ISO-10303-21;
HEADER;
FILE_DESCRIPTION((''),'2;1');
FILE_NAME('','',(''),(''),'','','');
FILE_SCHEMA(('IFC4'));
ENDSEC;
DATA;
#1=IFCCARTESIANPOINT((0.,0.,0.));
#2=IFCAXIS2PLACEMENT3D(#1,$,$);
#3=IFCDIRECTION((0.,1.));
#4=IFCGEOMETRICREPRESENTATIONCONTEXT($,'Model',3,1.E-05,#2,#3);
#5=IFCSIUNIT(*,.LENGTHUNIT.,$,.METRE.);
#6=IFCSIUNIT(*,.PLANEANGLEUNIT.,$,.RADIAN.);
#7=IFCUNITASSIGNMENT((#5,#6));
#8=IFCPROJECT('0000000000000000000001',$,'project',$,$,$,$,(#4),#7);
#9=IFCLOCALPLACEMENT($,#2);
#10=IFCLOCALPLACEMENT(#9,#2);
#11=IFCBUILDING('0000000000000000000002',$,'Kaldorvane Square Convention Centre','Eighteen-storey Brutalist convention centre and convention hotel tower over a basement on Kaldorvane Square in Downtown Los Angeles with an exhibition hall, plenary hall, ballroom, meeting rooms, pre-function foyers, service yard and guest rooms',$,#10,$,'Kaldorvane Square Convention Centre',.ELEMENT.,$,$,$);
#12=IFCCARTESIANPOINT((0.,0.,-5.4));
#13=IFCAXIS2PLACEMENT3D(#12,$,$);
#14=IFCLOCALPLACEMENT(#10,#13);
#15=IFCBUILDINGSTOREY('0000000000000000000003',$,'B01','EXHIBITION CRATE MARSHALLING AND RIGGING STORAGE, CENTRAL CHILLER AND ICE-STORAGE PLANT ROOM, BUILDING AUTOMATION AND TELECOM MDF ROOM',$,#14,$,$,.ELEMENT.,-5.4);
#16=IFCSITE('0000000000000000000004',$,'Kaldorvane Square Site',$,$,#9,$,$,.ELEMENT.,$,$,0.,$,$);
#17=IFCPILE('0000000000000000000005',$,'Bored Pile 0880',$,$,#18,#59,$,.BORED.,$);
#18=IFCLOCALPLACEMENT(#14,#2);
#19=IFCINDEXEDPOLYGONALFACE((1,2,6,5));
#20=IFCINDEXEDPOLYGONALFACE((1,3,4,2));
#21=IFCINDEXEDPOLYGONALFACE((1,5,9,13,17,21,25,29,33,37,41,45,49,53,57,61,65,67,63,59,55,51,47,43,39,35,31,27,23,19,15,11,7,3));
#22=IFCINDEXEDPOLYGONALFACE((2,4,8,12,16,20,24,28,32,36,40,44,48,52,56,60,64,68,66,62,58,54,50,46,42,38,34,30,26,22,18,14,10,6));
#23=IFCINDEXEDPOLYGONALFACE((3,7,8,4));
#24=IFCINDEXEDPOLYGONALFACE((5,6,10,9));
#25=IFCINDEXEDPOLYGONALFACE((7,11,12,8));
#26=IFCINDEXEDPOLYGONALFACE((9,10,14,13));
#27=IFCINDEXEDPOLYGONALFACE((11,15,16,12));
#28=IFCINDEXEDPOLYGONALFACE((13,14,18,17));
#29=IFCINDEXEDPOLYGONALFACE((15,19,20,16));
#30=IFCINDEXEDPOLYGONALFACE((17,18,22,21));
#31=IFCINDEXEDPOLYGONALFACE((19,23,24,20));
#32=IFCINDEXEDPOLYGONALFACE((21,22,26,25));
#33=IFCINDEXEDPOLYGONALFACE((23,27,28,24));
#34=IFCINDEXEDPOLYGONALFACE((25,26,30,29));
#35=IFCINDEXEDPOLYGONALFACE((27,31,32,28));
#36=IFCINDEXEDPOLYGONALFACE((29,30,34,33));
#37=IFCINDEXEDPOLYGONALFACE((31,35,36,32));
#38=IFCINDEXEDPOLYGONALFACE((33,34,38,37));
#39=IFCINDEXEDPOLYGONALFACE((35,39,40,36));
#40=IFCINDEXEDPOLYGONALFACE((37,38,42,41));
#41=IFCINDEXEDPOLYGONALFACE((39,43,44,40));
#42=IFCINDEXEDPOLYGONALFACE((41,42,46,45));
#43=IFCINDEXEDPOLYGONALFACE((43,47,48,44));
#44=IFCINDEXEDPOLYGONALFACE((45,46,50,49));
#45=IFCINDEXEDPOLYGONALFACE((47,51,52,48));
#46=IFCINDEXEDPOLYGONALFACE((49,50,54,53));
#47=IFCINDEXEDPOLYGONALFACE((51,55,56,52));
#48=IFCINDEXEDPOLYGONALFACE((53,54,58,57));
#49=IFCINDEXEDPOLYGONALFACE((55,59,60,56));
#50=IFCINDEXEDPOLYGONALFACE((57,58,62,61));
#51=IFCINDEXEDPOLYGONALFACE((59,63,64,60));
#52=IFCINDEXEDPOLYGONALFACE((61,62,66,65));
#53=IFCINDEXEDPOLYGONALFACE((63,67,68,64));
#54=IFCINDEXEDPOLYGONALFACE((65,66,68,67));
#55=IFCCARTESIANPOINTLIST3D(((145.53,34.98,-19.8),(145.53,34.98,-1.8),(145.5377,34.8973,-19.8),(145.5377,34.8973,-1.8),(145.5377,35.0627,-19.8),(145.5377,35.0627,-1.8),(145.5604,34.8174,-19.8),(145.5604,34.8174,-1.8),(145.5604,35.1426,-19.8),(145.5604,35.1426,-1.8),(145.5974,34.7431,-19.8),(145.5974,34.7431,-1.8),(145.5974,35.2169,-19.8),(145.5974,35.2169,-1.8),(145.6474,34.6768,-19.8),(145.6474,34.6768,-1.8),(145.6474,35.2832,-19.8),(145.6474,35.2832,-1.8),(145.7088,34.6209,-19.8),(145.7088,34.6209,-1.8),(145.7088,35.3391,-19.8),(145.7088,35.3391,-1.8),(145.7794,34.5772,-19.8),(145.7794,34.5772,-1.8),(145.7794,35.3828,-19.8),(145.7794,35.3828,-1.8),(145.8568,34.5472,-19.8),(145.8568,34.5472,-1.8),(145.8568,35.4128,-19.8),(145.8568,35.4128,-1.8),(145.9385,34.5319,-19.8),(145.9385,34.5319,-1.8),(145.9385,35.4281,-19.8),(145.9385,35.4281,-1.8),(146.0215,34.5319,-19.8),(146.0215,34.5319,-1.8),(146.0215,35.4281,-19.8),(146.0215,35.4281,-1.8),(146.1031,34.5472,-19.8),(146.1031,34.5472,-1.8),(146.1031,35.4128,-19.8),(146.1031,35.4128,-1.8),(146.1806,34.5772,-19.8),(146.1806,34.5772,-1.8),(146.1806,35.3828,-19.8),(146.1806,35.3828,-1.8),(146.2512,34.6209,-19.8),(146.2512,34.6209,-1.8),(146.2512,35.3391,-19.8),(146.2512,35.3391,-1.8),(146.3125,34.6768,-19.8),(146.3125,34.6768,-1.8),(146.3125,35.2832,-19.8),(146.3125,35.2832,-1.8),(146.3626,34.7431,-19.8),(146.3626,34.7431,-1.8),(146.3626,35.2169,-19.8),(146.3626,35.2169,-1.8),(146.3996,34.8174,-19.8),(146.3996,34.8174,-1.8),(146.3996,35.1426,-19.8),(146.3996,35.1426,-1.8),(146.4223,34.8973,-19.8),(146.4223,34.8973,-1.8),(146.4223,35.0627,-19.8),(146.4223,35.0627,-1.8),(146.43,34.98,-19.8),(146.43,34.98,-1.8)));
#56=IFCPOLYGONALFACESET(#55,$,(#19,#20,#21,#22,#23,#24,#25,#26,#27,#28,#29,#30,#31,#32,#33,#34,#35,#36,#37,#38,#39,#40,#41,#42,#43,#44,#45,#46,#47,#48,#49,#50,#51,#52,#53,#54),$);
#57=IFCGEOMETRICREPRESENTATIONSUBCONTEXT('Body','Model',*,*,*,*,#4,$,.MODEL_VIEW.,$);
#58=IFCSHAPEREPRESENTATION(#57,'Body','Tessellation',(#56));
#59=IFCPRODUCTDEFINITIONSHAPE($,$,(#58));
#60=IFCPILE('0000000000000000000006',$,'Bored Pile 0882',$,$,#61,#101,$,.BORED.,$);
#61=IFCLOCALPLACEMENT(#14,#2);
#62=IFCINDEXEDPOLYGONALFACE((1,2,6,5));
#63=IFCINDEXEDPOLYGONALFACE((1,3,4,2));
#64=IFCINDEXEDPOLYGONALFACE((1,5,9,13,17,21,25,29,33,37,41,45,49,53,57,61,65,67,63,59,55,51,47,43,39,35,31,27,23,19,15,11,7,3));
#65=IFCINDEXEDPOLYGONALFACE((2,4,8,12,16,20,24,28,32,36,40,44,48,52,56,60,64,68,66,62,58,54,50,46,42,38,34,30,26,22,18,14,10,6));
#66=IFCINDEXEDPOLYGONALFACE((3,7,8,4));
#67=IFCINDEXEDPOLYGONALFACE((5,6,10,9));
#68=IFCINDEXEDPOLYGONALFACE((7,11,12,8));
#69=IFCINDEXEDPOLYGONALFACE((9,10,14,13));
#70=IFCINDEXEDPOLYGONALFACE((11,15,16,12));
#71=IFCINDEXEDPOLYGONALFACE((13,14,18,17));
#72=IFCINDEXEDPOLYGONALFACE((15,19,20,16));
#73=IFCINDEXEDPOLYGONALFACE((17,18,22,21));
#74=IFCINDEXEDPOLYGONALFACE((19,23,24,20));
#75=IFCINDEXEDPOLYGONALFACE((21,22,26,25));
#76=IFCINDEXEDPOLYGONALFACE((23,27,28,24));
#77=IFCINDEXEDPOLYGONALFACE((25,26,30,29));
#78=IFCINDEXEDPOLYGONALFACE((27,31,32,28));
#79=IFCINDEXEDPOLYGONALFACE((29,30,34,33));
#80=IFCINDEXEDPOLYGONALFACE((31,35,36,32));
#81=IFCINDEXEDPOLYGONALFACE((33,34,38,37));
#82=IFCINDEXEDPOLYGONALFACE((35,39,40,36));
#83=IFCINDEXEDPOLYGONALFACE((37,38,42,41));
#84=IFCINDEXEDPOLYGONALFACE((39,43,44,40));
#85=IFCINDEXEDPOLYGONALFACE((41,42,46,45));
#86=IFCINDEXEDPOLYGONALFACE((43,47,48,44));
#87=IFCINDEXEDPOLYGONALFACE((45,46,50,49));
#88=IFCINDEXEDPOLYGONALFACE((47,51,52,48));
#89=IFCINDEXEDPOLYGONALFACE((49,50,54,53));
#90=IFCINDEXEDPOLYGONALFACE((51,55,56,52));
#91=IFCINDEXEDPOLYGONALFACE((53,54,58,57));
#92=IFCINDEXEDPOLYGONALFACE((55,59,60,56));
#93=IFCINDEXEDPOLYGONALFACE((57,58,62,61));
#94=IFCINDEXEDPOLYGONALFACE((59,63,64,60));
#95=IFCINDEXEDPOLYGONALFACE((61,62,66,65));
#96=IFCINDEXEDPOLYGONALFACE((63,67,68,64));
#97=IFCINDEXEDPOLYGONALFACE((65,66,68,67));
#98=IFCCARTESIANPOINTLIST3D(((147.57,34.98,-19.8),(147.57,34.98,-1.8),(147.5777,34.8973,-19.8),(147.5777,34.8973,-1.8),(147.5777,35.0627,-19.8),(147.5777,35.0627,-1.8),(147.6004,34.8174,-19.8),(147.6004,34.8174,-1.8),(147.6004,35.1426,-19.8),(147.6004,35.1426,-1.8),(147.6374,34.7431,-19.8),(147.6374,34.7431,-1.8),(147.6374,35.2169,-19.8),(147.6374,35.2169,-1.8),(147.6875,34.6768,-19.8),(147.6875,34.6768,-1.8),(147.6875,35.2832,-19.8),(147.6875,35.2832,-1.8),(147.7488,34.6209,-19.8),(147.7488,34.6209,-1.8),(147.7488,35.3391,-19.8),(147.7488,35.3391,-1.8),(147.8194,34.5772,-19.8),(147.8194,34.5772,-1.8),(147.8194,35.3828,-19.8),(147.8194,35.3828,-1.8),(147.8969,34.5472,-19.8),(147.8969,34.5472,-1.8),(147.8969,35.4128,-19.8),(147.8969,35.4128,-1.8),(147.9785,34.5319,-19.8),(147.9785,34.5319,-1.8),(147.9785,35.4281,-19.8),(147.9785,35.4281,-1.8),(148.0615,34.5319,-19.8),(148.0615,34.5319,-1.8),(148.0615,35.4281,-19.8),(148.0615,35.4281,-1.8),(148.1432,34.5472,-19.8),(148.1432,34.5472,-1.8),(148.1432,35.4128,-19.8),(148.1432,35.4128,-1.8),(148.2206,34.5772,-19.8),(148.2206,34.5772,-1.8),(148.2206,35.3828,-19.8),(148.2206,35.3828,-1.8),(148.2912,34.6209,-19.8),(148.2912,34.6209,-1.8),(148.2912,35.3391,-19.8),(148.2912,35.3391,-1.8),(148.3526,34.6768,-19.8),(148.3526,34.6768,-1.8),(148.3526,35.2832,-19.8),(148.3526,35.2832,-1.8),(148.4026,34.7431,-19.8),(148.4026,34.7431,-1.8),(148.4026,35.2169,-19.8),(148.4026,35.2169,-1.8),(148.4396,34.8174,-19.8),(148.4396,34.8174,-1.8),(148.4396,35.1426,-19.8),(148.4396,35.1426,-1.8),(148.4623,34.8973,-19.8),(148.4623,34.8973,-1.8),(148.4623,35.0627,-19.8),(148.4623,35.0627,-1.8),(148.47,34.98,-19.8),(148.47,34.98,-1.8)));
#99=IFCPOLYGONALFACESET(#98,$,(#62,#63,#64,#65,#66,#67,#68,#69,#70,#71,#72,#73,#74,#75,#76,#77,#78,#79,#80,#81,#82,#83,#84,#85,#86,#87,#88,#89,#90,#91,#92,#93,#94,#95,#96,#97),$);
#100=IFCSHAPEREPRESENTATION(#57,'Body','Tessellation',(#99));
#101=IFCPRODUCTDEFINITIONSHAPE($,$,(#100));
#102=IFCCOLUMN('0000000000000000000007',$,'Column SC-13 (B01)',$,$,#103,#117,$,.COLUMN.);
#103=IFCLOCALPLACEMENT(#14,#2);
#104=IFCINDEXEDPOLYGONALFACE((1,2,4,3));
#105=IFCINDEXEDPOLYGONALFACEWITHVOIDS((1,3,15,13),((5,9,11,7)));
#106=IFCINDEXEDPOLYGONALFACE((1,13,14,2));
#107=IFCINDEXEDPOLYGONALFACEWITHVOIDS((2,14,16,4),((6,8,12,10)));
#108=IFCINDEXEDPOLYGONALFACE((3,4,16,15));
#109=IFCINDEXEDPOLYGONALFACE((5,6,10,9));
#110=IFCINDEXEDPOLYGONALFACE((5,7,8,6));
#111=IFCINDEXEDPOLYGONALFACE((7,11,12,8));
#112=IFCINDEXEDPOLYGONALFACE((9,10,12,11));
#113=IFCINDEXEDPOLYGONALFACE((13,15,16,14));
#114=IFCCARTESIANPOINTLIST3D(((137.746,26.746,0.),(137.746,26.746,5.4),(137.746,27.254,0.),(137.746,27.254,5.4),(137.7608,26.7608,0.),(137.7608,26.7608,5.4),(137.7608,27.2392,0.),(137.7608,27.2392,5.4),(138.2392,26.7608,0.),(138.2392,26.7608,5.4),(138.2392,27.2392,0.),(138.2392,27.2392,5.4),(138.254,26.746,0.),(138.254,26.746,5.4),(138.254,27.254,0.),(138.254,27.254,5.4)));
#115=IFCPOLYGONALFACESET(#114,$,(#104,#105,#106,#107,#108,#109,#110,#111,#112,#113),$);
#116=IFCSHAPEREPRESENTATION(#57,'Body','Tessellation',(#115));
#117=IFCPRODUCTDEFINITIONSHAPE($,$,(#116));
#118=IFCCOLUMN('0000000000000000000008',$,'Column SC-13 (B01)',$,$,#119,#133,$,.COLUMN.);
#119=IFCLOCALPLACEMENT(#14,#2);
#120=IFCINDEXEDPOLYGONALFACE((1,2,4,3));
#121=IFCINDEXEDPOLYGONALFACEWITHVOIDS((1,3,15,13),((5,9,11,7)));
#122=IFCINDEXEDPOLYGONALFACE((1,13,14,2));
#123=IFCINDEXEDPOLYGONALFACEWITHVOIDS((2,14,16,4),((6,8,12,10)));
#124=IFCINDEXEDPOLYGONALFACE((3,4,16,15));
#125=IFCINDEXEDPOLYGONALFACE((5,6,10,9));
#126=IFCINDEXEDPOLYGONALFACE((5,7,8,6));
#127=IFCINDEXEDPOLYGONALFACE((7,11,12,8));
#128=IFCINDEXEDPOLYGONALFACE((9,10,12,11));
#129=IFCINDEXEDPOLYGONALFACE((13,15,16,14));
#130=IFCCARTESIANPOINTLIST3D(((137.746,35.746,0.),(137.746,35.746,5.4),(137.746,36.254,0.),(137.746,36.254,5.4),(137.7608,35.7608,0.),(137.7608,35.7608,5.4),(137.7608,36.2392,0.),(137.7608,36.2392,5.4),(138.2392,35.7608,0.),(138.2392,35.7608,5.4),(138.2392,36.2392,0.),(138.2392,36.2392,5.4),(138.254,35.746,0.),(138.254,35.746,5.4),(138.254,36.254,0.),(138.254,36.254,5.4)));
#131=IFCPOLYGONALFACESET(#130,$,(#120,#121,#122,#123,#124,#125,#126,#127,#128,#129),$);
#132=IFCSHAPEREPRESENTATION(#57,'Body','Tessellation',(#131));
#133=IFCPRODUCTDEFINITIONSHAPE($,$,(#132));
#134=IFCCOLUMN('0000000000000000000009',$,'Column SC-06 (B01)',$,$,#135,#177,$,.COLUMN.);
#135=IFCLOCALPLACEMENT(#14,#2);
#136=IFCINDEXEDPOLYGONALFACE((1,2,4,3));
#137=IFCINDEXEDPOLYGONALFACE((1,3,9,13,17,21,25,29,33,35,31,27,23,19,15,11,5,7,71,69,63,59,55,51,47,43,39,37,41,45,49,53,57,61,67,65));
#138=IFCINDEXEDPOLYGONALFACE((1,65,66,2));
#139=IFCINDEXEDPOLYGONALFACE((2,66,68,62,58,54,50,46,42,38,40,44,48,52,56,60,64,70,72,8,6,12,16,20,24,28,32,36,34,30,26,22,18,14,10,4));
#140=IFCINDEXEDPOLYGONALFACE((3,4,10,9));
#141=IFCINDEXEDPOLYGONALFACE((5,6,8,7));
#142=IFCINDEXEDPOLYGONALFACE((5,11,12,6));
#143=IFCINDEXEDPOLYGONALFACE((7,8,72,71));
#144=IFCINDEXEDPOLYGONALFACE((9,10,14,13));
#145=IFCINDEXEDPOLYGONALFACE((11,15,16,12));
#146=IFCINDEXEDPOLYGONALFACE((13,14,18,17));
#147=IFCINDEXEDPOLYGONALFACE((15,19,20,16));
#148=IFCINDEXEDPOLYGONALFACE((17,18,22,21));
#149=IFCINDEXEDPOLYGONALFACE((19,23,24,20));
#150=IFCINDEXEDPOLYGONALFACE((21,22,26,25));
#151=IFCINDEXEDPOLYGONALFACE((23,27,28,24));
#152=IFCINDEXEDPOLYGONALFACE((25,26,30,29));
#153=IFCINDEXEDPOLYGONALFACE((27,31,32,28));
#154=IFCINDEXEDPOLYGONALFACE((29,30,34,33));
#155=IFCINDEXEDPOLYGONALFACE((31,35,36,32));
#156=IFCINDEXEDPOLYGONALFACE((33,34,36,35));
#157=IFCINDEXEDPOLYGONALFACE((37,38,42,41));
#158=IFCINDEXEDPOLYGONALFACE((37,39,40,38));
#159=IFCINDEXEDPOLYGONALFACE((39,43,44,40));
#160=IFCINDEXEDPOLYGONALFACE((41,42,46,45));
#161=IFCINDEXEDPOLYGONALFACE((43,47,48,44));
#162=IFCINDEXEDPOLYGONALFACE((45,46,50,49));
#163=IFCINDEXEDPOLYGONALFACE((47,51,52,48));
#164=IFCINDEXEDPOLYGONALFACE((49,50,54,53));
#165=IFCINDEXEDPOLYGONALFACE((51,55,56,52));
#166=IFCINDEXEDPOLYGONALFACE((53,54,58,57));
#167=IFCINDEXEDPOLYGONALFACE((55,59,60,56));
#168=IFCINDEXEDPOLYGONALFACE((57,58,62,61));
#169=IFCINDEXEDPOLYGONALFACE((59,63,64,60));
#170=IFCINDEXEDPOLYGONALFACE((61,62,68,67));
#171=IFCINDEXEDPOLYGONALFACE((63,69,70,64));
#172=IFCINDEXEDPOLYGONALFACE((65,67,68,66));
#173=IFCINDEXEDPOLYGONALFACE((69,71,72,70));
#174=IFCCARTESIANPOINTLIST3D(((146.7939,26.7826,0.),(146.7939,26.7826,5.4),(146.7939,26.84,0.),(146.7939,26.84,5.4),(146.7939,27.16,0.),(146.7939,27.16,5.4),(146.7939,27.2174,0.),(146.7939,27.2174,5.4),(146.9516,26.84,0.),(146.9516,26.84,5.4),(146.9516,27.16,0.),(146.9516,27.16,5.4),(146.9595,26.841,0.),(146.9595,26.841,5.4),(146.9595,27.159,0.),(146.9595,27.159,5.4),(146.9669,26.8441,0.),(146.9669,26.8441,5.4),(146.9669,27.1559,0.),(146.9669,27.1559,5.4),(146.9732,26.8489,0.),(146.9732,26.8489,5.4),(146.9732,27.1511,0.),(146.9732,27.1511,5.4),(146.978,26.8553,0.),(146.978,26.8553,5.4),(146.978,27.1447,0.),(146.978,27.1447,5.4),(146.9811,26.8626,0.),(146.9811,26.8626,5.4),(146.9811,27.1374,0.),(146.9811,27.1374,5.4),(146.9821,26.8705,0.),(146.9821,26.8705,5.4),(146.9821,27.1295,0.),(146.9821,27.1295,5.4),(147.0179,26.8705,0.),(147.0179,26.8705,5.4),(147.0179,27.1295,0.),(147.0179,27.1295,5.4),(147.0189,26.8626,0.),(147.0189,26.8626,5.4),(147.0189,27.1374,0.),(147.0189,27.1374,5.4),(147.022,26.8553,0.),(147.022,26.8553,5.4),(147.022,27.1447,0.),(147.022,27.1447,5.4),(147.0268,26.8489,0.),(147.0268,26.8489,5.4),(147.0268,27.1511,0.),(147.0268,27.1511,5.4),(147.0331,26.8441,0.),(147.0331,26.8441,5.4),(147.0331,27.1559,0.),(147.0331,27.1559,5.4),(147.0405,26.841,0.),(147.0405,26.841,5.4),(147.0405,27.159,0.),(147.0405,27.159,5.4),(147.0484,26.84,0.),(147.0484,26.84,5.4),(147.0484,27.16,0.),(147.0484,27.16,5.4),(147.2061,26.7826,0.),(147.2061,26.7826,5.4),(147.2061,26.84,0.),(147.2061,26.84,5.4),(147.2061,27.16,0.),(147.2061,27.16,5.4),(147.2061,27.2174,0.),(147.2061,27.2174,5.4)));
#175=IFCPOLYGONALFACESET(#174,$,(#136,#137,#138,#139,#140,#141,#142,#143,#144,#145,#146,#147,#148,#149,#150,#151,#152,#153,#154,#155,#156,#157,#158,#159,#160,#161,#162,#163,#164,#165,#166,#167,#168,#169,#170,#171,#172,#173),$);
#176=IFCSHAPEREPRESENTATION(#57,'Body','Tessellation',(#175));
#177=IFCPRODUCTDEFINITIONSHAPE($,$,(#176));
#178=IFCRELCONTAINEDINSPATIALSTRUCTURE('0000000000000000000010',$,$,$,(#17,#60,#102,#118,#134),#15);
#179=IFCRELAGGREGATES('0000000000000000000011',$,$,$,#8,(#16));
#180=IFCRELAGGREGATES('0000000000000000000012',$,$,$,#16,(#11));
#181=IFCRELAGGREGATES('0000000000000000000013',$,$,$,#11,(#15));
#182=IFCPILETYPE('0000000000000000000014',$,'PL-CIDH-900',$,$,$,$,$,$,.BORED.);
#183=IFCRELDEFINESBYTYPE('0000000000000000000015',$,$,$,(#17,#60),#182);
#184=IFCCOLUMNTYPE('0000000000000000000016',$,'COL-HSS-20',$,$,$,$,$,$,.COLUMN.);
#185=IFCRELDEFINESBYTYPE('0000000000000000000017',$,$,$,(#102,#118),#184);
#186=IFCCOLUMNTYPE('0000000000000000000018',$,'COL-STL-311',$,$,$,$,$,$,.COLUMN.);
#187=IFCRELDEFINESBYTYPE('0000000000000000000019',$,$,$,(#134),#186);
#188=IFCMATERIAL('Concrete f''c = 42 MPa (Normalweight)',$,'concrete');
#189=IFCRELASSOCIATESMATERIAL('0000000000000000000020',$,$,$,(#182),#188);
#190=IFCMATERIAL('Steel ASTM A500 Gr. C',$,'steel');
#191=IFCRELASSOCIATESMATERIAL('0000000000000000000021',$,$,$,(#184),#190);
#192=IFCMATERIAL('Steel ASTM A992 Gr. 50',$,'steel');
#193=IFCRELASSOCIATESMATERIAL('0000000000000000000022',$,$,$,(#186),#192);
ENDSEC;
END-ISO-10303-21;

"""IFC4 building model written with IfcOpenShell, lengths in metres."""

from ifc_helpers import new_model, si_unit, direction, frame, origin, origin_2d, place, context, subcontext, project, spatial, hollow_rectangle, circle, i_section, extrude, material, material_profile, profile_set, type_object, element, save


model = new_model("IFC4")

# Units and contexts
model_context = context("Model", 3, precision=1e-05, world=origin(), true_north=direction((0.0, 1.0)))
body_context = subcontext(model_context, "Body", "Model", "MODEL_VIEW")
ifc_project = project(units=[si_unit("LENGTHUNIT", "METRE"), si_unit("PLANEANGLEUNIT", "RADIAN")], contexts=[model_context])

# Site, building, storey
site_placement = place(None, origin())
site = spatial("IfcSite", under=ifc_project, at=site_placement, Name="Kaldorvane Square Site", CompositionType="ELEMENT", RefElevation=0.0)
building_placement = place(site_placement, origin())
building = spatial("IfcBuilding", under=site, at=building_placement, Name="Kaldorvane Square Convention Centre", Description="Eighteen-storey Brutalist convention centre and convention hotel tower over a basement on Kaldorvane Square in Downtown Los Angeles with an exhibition hall, plenary hall, ballroom, meeting rooms, pre-function foyers, service yard and guest rooms", LongName="Kaldorvane Square Convention Centre", CompositionType="ELEMENT")
storey_placement = place(building_placement, frame((0.0, 0.0, -5.4)))
storey = spatial("IfcBuildingStorey", under=building, at=storey_placement, Name="B01", Description="EXHIBITION CRATE MARSHALLING AND RIGGING STORAGE, CENTRAL CHILLER AND ICE-STORAGE PLANT ROOM, BUILDING AUTOMATION AND TELECOM MDF ROOM", CompositionType="ELEMENT", Elevation=-5.4)

# Shared definitions
ifc_material_1 = material(Name="Concrete f'c = 42 MPa (Normalweight)", Category="concrete")

# Piles
ifc_material_profile_1 = material_profile(ifc_material_1, circle(Radius=0.45, at=origin_2d()), Name="PILE-D900")
ifc_profile_set_1 = profile_set([ifc_material_profile_1], Name="Concrete f'c = 42 MPa (Normalweight)")
pile_type_1 = type_object("IfcPileType", Name="PL-CIDH-900", PredefinedType="BORED", material=ifc_profile_set_1)
for number, where, z_axis, x_axis, name in (
    (1, (145.98, 34.98, -1.8), (0.0, 0.0, -1.0), (1.0, 0.0, 0.0), "Bored Pile 0880"),
    (2, (148.02, 34.98, -1.8), (0.0, 0.0, -1.0), (1.0, 0.0, 0.0), "Bored Pile 0882"),
):
    element("IfcPile", number, at=place(storey_placement, frame(where, z_axis=z_axis, x_axis=x_axis)), inside=storey, type_object=pile_type_1, Name=name, PredefinedType="BORED", context=body_context, shape_type="SweptSolid", body=[
        extrude(circle(Radius=0.45, at=origin_2d()), origin(), (0.0, 0.0, 1.0), 18.0),
    ])

# Columns
ifc_material_2 = material(Name="Steel ASTM A500 Gr. C", Category="steel")
ifc_material_profile_2 = material_profile(ifc_material_2, hollow_rectangle(XDim=0.508, YDim=0.508, WallThickness=0.0148, at=origin_2d()), Name="HSS20X20X5/8")
ifc_profile_set_2 = profile_set([ifc_material_profile_2], Name="Steel ASTM A500 Gr. C")
column_type_1 = type_object("IfcColumnType", Name="COL-HSS-20", PredefinedType="COLUMN", material=ifc_profile_set_2)
for number, where, z_axis, x_axis, name in (
    (3, (138.0, 27.0, 0.0), (0.0, 0.0, 1.0), (1.0, 0.0, 0.0), "Column SC-13 (B01)"),
    (4, (138.0, 36.0, 0.0), (0.0, 0.0, 1.0), (1.0, 0.0, 0.0), "Column SC-13 (B01)"),
):
    element("IfcColumn", number, at=place(storey_placement, frame(where, z_axis=z_axis, x_axis=x_axis)), inside=storey, type_object=column_type_1, Name=name, PredefinedType="COLUMN", context=body_context, shape_type="SweptSolid", body=[
        extrude(hollow_rectangle(XDim=0.508, YDim=0.508, WallThickness=0.0148, at=origin_2d()), origin(), (0.0, 0.0, 1.0), 5.4),
    ])
ifc_material_3 = material(Name="Steel ASTM A992 Gr. 50", Category="steel")
ifc_material_profile_3 = material_profile(ifc_material_3, i_section(OverallWidth=0.4122, OverallDepth=0.4348, WebThickness=0.0358, FlangeThickness=0.0574, FilletRadius=0.0305, at=origin_2d()), Name="W14X311")
ifc_profile_set_3 = profile_set([ifc_material_profile_3], Name="Steel ASTM A992 Gr. 50")
column_type_2 = type_object("IfcColumnType", Name="COL-STL-311", PredefinedType="COLUMN", material=ifc_profile_set_3)
for number, where, z_axis, x_axis, name in (
    (5, (147.0, 27.0, 0.0), (0.0, 0.0, 1.0), (1.0, 0.0, 0.0), "Column SC-06 (B01)"),
):
    element("IfcColumn", number, at=place(storey_placement, frame(where, z_axis=z_axis, x_axis=x_axis)), inside=storey, type_object=column_type_2, Name=name, PredefinedType="COLUMN", context=body_context, shape_type="SweptSolid", body=[
        extrude(i_section(OverallWidth=0.4122, OverallDepth=0.4348, WebThickness=0.0358, FlangeThickness=0.0574, FilletRadius=0.0305, at=origin_2d()), origin(), (0.0, 0.0, 1.0), 5.4),
    ])

save(model, "model.ifc")
